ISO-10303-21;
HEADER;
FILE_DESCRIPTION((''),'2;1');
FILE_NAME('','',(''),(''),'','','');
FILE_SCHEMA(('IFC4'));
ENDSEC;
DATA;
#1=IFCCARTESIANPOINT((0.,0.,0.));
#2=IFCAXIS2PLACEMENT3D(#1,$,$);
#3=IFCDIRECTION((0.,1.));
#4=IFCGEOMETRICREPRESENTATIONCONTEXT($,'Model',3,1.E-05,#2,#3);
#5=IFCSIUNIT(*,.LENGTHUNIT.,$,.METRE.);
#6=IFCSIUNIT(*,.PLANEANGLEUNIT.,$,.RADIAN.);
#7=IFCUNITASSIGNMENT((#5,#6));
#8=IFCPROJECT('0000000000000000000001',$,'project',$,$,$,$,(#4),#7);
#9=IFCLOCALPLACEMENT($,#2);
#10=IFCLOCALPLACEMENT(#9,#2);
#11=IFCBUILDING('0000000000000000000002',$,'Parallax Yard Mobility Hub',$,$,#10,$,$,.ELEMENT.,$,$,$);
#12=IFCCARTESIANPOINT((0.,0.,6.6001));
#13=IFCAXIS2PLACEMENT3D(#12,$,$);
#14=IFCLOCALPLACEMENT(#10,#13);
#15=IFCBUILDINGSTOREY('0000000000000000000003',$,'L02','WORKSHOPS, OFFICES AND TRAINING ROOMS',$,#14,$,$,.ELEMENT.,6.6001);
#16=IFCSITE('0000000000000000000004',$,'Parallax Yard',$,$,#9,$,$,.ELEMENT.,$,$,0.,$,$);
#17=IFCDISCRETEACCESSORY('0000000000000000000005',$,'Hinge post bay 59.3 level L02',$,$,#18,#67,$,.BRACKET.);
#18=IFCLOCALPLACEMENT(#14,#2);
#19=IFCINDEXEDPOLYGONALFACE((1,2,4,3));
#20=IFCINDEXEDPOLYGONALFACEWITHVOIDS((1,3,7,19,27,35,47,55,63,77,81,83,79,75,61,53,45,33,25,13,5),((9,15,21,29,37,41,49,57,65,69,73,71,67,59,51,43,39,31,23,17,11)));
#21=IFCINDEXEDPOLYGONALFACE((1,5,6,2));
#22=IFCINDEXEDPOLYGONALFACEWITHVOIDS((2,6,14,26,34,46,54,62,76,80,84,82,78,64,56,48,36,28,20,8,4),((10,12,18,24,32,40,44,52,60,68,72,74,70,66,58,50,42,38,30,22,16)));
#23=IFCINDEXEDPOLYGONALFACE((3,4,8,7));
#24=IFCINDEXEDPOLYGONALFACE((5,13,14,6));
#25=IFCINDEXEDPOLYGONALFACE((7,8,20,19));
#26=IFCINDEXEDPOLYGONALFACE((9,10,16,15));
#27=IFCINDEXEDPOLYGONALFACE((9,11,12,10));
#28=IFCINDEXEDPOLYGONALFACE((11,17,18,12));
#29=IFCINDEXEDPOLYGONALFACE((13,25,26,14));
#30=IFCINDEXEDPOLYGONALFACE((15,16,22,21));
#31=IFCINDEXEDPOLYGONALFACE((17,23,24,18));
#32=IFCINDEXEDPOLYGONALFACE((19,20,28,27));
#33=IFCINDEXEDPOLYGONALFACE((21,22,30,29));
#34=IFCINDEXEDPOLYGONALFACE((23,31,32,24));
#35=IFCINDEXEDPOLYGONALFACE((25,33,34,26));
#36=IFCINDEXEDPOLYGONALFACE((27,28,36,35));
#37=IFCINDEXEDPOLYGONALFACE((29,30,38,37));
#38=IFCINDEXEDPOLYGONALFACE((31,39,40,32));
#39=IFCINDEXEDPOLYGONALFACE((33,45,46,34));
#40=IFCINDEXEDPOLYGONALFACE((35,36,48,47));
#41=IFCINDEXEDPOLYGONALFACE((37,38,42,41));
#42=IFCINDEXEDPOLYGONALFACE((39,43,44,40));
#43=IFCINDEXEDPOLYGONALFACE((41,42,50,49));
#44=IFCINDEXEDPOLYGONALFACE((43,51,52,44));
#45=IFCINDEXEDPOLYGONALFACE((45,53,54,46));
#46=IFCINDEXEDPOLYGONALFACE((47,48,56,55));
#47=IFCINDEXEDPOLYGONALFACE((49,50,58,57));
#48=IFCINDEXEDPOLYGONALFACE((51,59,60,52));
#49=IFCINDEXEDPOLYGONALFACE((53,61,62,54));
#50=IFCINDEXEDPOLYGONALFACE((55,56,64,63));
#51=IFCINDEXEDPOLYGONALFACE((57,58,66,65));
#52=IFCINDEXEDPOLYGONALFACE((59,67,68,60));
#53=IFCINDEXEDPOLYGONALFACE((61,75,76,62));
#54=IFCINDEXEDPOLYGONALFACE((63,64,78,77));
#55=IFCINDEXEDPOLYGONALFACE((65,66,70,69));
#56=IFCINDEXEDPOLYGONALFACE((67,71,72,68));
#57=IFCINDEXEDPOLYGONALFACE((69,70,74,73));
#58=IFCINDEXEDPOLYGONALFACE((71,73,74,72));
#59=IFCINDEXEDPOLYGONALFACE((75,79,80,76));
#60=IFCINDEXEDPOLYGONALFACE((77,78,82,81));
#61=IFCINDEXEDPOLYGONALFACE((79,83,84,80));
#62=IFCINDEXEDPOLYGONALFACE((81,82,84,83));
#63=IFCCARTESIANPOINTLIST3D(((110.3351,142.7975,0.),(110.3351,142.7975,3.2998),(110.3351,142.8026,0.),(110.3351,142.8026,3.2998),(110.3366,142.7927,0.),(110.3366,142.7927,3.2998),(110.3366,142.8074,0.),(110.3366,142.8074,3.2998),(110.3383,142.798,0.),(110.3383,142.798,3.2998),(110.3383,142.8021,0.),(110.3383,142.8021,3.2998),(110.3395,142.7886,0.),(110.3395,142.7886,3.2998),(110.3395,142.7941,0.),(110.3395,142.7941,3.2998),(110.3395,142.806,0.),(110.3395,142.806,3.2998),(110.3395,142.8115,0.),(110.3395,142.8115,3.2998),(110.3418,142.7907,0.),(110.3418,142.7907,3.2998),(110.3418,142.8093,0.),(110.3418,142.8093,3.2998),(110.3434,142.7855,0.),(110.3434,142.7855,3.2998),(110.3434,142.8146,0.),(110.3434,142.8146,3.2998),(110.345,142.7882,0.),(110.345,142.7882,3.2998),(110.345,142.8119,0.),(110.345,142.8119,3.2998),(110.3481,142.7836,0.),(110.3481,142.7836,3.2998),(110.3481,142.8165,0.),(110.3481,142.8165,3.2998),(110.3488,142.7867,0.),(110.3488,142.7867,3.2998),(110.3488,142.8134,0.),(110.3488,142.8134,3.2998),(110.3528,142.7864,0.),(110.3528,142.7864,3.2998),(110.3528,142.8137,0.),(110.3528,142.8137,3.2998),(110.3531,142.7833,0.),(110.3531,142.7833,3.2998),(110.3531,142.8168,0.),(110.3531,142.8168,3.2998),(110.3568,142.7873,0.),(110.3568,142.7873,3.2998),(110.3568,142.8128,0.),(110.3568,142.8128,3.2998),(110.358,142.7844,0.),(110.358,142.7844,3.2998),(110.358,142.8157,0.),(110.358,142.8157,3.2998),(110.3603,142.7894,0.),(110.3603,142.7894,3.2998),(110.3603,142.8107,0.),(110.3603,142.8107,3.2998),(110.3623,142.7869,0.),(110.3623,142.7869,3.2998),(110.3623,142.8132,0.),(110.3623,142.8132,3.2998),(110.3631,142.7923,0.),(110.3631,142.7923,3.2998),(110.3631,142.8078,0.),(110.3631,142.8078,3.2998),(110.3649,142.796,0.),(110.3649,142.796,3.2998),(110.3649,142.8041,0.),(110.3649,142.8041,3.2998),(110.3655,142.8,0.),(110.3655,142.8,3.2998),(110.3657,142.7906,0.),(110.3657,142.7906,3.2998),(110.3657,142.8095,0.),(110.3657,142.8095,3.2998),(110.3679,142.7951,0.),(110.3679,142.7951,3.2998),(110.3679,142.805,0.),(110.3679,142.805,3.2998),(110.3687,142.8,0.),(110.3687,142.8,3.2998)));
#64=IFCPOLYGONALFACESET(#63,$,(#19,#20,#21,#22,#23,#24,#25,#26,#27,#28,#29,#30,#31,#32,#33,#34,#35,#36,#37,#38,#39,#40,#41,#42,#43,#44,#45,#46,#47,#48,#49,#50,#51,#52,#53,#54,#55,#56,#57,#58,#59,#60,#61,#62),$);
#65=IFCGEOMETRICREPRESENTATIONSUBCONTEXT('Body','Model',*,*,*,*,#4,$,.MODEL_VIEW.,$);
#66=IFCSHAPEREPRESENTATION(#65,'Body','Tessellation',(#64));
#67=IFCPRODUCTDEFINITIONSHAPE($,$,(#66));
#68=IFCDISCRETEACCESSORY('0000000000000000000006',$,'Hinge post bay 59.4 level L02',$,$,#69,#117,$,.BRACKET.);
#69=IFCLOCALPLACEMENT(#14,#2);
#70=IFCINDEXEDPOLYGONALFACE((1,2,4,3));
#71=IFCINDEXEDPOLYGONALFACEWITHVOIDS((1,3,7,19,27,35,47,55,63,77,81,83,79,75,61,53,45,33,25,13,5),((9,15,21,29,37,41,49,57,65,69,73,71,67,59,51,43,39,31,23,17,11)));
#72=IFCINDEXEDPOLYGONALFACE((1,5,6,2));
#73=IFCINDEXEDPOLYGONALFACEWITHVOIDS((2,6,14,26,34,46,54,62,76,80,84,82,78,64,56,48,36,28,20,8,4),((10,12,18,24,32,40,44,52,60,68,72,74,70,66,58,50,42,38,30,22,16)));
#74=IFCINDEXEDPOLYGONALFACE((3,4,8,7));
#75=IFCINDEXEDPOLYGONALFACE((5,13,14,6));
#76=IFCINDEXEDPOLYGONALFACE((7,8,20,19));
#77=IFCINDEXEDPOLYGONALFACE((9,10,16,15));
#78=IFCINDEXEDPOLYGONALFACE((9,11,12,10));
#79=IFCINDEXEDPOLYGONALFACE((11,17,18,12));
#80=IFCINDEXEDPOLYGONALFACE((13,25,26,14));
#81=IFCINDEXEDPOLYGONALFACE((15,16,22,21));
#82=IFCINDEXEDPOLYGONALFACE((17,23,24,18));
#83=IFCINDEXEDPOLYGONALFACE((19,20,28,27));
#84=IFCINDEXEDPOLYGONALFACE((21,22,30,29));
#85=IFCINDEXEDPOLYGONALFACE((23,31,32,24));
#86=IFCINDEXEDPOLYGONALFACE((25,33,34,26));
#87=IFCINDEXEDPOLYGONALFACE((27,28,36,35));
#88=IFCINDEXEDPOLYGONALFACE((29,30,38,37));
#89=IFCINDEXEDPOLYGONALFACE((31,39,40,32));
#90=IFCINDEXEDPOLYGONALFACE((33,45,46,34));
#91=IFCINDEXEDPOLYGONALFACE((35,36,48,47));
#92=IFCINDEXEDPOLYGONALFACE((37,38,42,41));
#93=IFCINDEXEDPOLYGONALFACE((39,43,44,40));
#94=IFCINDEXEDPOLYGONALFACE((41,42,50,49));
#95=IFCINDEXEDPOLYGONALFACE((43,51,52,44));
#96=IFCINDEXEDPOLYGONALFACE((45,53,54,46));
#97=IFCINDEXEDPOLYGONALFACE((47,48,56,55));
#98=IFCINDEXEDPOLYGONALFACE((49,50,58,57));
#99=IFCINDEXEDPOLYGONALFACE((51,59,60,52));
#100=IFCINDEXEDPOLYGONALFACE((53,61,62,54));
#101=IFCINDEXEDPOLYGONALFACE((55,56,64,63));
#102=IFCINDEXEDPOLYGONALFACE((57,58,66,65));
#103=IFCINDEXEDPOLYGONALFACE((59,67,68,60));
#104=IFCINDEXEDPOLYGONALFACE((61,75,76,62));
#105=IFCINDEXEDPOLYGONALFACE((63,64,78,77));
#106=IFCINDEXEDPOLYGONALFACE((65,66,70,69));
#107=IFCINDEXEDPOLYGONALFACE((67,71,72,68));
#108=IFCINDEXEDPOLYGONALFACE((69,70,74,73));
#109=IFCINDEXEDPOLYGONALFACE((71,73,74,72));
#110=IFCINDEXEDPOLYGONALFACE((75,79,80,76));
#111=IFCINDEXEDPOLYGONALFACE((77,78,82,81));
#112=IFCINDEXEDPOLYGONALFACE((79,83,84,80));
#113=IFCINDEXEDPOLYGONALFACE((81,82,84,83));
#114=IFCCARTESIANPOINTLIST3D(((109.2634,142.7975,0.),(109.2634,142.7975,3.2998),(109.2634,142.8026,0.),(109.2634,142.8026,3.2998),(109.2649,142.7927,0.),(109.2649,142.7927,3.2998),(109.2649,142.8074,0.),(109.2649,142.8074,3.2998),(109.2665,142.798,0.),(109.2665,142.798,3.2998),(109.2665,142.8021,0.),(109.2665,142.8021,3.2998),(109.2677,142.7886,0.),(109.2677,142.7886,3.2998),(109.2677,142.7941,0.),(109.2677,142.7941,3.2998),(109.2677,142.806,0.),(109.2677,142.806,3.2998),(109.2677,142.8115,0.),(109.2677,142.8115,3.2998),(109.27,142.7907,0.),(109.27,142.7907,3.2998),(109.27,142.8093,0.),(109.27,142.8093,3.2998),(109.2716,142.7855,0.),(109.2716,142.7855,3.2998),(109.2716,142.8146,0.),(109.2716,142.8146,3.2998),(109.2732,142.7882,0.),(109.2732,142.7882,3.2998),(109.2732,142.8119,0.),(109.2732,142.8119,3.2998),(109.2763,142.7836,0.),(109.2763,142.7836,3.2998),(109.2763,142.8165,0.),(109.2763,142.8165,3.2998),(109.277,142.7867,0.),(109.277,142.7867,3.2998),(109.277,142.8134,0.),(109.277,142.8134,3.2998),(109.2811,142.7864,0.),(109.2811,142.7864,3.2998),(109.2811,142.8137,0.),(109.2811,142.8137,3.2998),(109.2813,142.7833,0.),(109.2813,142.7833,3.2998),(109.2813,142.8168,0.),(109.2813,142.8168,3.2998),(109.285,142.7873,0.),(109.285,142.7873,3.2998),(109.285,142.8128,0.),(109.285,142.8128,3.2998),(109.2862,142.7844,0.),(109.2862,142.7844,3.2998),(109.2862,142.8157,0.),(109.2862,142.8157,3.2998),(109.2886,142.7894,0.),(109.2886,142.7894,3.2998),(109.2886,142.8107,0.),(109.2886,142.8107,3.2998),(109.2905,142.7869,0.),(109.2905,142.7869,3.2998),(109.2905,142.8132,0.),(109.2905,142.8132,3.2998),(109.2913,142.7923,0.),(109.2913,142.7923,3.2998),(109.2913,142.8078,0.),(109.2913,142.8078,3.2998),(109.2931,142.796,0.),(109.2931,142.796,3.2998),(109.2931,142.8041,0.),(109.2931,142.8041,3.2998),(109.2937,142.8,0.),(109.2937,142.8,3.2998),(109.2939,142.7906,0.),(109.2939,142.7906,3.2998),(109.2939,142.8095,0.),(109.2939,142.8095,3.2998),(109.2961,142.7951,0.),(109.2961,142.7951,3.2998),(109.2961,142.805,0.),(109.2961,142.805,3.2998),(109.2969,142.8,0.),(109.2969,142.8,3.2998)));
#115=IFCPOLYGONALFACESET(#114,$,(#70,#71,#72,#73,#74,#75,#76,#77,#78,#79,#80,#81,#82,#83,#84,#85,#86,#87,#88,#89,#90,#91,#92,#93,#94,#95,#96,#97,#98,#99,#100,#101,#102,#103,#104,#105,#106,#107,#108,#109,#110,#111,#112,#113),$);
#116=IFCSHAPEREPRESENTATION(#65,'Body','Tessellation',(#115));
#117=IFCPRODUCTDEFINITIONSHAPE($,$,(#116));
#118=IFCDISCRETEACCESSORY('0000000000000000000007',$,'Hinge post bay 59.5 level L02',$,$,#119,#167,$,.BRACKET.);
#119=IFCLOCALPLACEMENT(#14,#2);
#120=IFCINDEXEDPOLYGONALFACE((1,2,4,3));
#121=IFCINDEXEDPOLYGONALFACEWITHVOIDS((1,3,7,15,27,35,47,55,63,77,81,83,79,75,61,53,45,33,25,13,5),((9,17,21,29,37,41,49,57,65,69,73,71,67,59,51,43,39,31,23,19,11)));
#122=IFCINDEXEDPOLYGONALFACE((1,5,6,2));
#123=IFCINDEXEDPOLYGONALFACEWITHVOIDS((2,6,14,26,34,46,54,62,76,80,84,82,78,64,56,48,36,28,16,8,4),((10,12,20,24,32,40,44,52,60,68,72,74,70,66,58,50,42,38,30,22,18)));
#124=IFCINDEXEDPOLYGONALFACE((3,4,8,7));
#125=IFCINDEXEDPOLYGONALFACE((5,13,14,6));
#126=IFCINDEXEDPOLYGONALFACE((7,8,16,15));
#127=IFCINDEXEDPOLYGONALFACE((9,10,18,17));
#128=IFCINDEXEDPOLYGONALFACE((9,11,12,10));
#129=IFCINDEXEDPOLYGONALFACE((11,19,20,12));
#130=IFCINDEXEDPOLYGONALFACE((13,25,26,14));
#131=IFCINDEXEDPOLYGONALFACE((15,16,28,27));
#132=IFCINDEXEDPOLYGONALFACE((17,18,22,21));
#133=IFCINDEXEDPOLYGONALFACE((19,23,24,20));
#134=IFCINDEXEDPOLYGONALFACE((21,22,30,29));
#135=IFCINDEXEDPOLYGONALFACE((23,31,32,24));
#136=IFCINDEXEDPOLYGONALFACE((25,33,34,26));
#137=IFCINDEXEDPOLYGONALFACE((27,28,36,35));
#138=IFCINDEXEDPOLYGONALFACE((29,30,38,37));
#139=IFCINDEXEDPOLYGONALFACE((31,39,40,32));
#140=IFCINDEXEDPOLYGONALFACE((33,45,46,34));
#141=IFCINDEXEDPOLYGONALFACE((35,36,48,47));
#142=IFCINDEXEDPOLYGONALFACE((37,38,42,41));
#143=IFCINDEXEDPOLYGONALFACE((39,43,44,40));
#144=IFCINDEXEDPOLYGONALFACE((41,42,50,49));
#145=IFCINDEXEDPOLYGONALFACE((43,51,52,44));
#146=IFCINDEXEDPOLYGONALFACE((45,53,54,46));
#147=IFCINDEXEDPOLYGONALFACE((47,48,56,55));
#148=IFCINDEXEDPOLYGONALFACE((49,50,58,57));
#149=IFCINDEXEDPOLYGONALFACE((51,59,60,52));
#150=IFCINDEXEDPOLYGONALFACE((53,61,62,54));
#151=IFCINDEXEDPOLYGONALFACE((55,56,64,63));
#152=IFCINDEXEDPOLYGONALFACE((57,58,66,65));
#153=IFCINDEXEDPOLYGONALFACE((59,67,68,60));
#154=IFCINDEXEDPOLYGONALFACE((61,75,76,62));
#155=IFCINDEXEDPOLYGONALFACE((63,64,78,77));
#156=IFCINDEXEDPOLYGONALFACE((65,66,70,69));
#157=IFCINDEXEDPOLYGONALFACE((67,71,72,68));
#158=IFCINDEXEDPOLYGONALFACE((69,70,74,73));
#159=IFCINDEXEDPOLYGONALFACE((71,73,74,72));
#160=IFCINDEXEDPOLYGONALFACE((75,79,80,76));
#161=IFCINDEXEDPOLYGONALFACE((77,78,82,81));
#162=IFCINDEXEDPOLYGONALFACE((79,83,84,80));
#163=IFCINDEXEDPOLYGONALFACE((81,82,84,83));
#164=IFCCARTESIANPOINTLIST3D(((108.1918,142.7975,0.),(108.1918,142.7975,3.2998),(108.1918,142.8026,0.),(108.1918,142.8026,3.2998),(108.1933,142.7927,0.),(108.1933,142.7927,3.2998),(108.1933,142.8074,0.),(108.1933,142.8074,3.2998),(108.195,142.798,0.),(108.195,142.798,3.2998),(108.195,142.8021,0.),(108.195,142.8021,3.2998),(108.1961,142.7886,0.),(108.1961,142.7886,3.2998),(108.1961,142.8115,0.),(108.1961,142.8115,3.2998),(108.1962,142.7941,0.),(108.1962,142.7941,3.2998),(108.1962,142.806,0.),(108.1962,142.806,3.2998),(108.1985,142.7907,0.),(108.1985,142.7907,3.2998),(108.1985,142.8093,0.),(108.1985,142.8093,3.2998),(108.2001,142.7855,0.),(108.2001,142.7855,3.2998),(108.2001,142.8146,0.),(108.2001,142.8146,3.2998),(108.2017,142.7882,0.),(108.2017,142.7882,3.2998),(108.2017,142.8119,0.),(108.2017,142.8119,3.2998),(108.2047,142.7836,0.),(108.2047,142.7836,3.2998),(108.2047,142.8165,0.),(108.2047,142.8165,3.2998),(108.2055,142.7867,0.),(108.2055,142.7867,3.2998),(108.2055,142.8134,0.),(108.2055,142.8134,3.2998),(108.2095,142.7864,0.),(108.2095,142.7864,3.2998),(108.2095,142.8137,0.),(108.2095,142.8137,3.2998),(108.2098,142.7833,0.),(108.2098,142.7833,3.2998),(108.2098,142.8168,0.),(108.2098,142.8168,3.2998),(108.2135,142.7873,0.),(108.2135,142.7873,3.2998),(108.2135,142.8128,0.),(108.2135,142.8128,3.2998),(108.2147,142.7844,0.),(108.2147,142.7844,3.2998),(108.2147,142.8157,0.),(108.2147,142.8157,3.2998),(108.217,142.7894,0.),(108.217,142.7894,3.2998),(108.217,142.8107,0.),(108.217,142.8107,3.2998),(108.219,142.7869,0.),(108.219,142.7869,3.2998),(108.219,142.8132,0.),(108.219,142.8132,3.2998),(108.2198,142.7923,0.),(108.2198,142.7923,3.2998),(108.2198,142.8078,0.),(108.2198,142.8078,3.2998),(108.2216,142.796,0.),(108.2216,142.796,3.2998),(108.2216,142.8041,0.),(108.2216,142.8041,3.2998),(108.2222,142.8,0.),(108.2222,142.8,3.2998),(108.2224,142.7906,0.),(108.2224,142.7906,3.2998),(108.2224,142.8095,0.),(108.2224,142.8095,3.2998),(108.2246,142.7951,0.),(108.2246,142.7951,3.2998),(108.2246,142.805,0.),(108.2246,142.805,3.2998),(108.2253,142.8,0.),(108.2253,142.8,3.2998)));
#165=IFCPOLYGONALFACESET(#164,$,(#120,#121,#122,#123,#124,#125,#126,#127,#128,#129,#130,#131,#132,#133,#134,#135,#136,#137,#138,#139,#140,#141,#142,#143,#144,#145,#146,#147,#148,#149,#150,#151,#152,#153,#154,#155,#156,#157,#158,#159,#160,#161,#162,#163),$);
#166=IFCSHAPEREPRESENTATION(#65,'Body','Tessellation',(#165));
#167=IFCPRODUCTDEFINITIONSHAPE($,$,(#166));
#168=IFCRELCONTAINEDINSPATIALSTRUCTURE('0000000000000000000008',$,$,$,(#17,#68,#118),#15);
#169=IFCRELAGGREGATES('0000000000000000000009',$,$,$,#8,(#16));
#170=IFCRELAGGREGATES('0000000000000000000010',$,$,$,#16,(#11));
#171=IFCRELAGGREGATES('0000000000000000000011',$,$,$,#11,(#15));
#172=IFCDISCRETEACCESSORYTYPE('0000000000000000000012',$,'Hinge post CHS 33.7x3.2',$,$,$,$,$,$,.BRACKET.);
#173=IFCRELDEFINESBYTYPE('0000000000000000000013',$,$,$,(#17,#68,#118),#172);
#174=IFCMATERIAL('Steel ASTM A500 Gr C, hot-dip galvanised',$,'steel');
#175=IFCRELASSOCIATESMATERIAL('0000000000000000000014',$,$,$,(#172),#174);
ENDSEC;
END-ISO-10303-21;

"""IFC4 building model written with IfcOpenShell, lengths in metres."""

from ifc_helpers import new_model, si_unit, direction, frame, origin, origin_2d, place, context, subcontext, project, spatial, hollow_circle, extrude, material, material_profile, profile_set, type_object, element, save


model = new_model("IFC4")

# Units and contexts
model_context = context("Model", 3, precision=1e-05, world=origin(), true_north=direction((0.0, 1.0)))
body_context = subcontext(model_context, "Body", "Model", "MODEL_VIEW")
ifc_project = project(units=[si_unit("LENGTHUNIT", "METRE"), si_unit("PLANEANGLEUNIT", "RADIAN")], contexts=[model_context])

# Site, building, storey
site_placement = place(None, origin())
site = spatial("IfcSite", under=ifc_project, at=site_placement, Name="Parallax Yard", CompositionType="ELEMENT", RefElevation=0.0)
building_placement = place(site_placement, origin())
building = spatial("IfcBuilding", under=site, at=building_placement, Name="Parallax Yard Mobility Hub", CompositionType="ELEMENT")
storey_placement = place(building_placement, frame((0.0, 0.0, 6.6001)))
storey = spatial("IfcBuildingStorey", under=building, at=storey_placement, Name="L02", Description="WORKSHOPS, OFFICES AND TRAINING ROOMS", CompositionType="ELEMENT", Elevation=6.6001)

# Discrete accessories
ifc_material_1 = material(Name="Steel ASTM A500 Gr C, hot-dip galvanised", Category="steel")
ifc_material_profile = material_profile(ifc_material_1, hollow_circle(Radius=0.0168, WallThickness=0.0032, at=origin_2d()), Name="CHS 33.7x3.2")
ifc_profile_set = profile_set([ifc_material_profile], Name="Steel ASTM A500 Gr C, hot-dip galvanised")
discrete_accessory_type_1 = type_object("IfcDiscreteAccessoryType", Name="Hinge post CHS 33.7x3.2", PredefinedType="BRACKET", material=ifc_profile_set)
for number, where, z_axis, x_axis, name in (
    (1, (110.3518, 142.8, 0.0), (0.0, 0.0, 1.0), (1.0, 0.0, 0.0), "Hinge post bay 59.3 level L02"),
    (2, (109.28, 142.8, 0.0), (0.0, 0.0, 1.0), (1.0, 0.0, 0.0), "Hinge post bay 59.4 level L02"),
    (3, (108.2085, 142.8, 0.0), (0.0, 0.0, 1.0), (1.0, 0.0, 0.0), "Hinge post bay 59.5 level L02"),
):
    element("IfcDiscreteAccessory", number, at=place(storey_placement, frame(where, z_axis=z_axis, x_axis=x_axis)), inside=storey, type_object=discrete_accessory_type_1, Name=name, PredefinedType="BRACKET", context=body_context, shape_type="SweptSolid", body=[
        extrude(hollow_circle(Radius=0.0168, WallThickness=0.0032, at=origin_2d()), origin(), (0.0, 0.0, 1.0), 3.2998),
    ])

save(model, "model.ifc")
